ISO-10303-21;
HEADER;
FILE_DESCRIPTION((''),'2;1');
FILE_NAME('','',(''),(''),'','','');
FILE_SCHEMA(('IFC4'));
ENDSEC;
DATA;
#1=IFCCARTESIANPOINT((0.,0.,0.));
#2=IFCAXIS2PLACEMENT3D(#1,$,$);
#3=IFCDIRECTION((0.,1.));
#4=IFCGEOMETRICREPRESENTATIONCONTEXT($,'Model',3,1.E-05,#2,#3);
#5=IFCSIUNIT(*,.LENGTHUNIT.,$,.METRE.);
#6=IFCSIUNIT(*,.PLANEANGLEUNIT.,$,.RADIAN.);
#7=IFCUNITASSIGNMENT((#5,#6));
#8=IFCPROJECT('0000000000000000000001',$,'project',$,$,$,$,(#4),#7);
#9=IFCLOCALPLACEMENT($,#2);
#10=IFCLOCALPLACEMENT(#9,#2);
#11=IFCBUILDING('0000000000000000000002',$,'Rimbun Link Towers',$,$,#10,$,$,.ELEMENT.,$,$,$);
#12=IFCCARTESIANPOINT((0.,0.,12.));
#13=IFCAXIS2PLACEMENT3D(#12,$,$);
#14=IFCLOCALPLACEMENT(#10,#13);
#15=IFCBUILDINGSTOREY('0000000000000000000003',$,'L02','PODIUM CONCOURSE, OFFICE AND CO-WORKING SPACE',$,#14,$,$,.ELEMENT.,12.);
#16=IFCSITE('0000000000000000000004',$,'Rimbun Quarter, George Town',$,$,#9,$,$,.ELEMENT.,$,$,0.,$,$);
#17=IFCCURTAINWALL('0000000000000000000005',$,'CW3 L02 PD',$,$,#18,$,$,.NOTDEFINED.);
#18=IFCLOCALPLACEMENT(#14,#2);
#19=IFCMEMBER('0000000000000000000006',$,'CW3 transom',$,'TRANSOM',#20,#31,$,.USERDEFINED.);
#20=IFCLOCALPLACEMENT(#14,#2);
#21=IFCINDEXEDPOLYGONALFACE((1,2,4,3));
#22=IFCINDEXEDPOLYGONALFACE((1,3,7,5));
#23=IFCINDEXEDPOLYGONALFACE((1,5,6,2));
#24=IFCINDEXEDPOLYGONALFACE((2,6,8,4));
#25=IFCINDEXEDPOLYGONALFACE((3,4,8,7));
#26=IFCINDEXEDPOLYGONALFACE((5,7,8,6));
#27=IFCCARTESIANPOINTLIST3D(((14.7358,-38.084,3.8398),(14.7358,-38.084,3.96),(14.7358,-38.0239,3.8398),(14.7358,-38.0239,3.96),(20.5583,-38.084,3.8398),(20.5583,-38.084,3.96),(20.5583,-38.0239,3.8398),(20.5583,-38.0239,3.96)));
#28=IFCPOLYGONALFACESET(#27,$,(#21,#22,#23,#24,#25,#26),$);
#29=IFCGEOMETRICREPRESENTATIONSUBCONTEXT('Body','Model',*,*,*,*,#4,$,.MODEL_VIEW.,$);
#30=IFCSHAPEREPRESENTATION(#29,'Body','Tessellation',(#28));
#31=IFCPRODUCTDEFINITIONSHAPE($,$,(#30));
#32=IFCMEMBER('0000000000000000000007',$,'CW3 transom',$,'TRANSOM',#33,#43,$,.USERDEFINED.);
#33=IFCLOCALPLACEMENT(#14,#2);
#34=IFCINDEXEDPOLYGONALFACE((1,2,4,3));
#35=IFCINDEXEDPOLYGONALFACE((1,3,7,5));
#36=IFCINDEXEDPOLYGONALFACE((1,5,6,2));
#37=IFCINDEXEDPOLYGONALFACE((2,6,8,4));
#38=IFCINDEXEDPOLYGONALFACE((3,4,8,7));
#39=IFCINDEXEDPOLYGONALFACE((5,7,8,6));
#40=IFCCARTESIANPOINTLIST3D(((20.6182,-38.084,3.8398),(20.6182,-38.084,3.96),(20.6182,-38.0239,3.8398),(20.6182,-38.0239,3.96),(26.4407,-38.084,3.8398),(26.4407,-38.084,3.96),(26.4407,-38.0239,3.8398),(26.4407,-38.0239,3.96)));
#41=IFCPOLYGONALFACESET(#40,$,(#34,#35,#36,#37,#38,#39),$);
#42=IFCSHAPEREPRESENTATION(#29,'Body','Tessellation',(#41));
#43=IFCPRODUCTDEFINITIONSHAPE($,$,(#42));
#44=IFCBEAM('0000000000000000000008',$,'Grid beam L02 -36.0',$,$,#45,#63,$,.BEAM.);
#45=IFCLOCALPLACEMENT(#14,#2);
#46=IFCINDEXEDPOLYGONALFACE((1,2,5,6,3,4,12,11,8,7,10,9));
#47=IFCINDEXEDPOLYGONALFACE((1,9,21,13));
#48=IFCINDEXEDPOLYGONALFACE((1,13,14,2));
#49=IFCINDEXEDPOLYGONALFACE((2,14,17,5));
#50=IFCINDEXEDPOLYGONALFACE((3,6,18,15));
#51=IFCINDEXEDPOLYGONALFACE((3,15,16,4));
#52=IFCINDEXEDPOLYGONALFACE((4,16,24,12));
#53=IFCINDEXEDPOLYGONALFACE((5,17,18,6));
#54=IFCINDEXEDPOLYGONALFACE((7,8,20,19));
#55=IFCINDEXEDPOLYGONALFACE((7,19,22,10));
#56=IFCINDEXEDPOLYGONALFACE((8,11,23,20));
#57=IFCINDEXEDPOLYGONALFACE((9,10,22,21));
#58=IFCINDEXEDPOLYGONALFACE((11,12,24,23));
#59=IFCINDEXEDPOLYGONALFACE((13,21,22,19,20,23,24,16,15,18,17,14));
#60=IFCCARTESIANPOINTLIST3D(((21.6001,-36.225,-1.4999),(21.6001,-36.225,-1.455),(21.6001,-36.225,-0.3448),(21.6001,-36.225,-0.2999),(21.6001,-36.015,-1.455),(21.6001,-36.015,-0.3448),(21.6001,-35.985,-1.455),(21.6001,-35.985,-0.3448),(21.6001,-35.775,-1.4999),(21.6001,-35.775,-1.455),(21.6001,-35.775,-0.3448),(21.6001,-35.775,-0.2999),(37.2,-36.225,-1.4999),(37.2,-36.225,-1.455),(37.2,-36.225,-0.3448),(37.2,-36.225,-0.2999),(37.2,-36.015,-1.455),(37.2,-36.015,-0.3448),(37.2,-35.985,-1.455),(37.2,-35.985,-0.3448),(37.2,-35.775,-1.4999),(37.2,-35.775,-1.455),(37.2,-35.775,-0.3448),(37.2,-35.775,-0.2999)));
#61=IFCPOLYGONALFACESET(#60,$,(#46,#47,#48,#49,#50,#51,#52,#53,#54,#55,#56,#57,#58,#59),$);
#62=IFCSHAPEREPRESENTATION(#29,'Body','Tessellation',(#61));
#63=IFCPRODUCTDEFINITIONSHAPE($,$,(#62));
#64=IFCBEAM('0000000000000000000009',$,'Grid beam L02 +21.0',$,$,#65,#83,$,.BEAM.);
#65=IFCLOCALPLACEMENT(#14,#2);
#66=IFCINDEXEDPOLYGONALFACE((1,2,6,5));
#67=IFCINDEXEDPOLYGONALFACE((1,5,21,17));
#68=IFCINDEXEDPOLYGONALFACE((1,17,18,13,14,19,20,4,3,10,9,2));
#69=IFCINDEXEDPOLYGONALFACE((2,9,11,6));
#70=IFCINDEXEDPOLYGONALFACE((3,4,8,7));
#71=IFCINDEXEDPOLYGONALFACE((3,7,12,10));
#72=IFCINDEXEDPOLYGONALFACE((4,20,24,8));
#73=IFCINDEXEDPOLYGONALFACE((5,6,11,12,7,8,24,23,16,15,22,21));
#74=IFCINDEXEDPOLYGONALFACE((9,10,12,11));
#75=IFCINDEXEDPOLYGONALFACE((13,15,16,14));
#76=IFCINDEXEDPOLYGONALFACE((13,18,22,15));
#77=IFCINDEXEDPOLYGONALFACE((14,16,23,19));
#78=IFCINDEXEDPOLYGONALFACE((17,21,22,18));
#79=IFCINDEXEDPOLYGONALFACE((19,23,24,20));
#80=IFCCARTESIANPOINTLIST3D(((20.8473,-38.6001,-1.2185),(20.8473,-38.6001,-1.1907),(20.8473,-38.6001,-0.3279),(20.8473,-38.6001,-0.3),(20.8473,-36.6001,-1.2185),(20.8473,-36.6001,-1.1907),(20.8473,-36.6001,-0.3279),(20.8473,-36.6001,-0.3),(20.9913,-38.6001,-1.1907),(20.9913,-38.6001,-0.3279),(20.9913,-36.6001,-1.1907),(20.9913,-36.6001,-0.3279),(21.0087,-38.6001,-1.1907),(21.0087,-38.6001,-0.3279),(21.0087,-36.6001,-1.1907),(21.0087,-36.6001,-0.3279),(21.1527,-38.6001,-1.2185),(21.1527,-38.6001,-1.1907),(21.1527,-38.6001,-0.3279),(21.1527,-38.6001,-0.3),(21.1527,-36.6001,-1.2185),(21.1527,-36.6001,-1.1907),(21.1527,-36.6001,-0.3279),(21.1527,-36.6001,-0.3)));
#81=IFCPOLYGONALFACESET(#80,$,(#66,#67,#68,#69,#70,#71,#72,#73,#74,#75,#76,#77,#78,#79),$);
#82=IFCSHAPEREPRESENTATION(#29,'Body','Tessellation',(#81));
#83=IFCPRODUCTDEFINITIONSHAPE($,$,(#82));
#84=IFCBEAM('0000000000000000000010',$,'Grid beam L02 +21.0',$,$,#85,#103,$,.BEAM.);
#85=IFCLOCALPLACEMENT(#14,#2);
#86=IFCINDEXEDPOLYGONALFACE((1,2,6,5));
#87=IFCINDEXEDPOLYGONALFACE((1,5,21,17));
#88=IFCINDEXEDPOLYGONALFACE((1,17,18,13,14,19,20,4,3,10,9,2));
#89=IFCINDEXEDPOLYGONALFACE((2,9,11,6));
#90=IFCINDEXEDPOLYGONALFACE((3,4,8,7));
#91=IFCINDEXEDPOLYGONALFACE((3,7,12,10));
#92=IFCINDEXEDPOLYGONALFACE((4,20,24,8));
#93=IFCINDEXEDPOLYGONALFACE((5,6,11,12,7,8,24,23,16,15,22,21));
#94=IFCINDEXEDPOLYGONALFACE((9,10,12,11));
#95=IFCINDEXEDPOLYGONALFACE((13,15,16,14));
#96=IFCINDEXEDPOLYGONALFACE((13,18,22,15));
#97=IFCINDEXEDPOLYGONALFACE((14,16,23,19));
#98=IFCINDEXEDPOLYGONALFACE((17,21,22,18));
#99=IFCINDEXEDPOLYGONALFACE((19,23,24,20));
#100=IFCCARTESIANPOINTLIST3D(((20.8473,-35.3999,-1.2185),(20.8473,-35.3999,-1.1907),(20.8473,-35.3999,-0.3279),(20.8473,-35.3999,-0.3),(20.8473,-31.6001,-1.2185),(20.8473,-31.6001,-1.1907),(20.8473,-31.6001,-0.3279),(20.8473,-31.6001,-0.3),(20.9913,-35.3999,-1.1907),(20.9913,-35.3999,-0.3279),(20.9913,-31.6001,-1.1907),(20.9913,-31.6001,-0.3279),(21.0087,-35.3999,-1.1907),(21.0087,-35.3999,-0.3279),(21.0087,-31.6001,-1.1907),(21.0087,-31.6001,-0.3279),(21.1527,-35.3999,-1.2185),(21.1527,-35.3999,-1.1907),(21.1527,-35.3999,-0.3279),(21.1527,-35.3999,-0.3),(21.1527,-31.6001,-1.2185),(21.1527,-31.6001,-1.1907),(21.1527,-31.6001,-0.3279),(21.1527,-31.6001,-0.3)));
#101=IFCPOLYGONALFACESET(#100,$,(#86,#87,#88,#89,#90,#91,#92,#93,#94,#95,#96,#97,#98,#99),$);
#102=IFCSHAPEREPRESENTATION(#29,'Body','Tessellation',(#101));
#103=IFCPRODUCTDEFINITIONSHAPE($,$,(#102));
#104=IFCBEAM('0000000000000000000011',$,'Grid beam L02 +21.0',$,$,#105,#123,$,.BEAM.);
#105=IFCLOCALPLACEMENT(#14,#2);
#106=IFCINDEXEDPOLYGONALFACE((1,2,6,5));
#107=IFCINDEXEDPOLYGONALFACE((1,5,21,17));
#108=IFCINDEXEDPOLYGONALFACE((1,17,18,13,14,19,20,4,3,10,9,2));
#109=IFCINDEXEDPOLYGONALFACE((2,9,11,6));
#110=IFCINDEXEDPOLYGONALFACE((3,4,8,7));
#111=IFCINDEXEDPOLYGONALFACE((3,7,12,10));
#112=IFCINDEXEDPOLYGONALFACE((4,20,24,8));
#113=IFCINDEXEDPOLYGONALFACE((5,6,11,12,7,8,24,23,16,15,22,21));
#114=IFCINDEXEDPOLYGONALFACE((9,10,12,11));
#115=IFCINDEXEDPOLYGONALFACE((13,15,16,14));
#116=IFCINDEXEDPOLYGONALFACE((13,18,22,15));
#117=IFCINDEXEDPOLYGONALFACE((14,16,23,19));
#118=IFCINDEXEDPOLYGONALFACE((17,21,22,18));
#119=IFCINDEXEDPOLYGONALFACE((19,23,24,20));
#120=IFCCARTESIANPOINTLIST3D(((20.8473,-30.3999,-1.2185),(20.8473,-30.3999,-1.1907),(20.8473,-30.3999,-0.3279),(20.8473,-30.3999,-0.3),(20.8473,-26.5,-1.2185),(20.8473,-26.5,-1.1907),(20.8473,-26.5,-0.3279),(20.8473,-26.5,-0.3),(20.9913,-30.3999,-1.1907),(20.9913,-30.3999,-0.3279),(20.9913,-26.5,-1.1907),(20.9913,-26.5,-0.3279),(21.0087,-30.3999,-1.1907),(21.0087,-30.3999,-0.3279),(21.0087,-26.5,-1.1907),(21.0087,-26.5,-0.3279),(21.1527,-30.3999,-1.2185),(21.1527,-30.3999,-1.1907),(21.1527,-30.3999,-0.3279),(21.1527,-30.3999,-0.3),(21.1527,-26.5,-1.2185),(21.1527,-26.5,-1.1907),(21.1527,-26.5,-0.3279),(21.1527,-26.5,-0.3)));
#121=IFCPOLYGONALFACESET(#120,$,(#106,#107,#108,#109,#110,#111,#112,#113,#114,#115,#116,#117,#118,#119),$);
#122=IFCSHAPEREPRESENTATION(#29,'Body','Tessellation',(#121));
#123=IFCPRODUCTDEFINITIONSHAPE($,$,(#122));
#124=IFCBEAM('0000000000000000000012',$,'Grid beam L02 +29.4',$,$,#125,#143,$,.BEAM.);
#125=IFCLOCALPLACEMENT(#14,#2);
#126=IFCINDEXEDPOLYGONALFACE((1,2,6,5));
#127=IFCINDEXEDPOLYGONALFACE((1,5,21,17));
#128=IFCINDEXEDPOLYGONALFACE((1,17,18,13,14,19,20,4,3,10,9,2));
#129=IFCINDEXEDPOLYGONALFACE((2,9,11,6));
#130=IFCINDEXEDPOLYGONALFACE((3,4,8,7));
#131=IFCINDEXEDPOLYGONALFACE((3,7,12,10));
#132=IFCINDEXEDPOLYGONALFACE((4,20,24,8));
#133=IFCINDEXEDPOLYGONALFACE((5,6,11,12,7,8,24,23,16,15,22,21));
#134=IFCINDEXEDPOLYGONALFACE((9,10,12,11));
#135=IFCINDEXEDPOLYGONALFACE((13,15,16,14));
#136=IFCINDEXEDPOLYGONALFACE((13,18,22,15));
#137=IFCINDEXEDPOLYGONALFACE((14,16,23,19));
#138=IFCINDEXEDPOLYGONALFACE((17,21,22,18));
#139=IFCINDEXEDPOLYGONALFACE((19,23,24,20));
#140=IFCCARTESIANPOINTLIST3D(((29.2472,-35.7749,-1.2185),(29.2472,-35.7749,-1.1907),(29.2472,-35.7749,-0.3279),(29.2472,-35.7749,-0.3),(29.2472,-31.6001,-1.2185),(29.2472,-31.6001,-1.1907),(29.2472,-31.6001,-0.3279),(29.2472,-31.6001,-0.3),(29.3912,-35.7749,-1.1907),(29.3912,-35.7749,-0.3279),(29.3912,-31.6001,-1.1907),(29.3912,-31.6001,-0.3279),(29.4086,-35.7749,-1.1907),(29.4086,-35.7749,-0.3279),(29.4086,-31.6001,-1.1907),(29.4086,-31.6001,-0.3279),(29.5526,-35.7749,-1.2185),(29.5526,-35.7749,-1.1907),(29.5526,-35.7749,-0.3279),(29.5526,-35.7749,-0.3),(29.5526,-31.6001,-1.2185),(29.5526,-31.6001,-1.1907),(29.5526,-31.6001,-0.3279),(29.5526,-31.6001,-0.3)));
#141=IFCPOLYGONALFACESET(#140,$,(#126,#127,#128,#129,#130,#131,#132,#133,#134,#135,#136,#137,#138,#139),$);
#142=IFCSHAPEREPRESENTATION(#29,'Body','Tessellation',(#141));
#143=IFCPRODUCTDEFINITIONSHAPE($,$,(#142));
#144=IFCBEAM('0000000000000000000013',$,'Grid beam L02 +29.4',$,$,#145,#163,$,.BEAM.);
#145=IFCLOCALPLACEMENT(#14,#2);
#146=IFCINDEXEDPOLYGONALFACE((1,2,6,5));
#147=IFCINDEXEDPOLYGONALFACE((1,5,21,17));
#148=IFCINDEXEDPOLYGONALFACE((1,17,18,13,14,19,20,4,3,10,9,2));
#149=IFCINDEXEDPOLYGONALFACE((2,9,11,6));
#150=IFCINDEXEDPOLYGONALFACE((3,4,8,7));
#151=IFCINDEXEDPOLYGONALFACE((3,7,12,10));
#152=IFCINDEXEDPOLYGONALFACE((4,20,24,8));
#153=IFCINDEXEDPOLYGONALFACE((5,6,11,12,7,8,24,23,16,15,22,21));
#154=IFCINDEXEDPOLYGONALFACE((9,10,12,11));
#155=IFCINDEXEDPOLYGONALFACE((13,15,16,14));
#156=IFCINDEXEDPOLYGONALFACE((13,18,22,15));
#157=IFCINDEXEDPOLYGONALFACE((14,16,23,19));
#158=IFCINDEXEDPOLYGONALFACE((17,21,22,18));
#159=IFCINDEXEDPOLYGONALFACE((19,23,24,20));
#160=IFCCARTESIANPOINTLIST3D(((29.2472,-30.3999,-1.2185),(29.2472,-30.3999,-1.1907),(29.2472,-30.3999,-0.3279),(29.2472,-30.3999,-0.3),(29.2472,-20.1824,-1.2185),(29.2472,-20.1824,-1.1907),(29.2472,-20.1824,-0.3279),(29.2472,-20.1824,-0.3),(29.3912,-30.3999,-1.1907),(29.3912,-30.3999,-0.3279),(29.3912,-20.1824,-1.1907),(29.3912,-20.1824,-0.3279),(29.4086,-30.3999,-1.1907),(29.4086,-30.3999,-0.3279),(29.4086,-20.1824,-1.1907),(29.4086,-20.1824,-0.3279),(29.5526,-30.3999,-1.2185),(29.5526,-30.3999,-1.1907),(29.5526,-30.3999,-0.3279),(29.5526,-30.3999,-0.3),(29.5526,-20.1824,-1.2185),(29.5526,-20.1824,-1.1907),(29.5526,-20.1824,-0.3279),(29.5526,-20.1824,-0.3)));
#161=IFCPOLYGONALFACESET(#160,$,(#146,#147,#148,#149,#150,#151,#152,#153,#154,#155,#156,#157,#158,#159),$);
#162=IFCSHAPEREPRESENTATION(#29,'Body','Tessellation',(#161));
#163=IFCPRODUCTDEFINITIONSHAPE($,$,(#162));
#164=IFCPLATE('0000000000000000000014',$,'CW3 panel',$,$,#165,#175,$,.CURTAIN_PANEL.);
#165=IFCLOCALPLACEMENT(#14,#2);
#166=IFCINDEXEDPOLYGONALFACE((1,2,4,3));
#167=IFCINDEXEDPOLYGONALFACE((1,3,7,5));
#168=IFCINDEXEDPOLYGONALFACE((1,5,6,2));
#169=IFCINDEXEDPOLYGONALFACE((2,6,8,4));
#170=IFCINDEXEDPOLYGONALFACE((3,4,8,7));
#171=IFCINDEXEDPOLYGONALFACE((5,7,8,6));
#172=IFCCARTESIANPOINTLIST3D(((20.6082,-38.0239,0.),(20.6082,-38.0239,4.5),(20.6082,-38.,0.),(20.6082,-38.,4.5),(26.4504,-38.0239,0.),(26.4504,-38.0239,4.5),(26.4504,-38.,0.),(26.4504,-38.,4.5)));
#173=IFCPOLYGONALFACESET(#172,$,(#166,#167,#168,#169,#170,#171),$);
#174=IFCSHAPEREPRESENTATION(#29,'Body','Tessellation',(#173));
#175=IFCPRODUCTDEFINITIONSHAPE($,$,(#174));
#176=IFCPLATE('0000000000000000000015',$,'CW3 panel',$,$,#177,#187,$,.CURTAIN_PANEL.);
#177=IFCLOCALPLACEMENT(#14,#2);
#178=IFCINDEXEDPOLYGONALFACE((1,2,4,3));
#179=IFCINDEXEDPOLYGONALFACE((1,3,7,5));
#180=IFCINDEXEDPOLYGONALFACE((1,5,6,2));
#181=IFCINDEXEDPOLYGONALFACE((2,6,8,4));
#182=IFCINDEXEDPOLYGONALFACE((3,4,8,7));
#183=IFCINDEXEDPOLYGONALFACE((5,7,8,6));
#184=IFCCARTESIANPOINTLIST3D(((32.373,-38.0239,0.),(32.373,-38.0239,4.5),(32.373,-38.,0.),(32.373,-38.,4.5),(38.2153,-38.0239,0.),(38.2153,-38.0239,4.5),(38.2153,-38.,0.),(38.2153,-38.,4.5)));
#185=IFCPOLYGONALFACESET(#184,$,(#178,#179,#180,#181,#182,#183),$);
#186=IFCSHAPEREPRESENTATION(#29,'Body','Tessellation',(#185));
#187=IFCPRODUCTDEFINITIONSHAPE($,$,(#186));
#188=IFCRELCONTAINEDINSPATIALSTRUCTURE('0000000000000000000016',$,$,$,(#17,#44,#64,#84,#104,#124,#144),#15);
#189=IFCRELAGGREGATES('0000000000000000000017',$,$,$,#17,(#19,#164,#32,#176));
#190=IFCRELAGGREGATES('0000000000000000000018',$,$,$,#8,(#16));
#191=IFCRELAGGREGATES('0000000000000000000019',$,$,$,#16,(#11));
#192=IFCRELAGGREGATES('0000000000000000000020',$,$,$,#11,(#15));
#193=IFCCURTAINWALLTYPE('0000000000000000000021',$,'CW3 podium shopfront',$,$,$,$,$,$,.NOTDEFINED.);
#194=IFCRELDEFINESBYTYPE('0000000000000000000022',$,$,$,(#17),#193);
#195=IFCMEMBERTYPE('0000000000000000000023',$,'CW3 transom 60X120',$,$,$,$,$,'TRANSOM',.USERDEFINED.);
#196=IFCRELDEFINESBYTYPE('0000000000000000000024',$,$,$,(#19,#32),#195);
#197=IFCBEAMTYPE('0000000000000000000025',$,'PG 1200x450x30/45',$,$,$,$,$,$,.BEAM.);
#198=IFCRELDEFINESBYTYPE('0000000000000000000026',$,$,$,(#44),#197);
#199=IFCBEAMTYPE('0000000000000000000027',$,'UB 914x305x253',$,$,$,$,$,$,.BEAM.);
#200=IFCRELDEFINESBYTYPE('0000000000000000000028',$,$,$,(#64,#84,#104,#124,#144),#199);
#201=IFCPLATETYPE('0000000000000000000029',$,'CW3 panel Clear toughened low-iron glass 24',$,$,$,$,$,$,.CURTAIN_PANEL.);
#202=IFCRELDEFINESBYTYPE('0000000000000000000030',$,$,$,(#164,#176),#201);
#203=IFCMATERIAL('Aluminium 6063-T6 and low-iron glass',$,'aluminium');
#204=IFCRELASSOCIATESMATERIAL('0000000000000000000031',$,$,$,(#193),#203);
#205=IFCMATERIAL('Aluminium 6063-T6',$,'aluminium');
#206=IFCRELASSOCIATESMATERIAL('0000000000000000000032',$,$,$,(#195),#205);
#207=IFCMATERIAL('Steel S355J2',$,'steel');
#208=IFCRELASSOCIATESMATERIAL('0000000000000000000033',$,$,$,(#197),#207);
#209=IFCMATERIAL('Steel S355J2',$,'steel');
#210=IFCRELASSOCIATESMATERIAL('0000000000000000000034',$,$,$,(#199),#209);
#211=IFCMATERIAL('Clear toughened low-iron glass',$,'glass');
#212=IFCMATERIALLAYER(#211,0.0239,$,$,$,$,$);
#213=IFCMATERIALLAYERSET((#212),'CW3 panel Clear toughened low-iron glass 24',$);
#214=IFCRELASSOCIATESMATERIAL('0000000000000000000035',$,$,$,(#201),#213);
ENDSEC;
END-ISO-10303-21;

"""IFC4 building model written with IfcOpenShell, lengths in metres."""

from ifc_helpers import new_model, si_unit, direction, frame, origin, origin_2d, place, context, subcontext, project, spatial, rectangle, i_section, extrude, material, layer, layer_set, material_profile, profile_set, type_object, element, aggregate, save


model = new_model("IFC4")

# Units and contexts
model_context = context("Model", 3, precision=1e-05, world=origin(), true_north=direction((0.0, 1.0)))
body_context = subcontext(model_context, "Body", "Model", "MODEL_VIEW")
ifc_project = project(units=[si_unit("LENGTHUNIT", "METRE"), si_unit("PLANEANGLEUNIT", "RADIAN")], contexts=[model_context])

# Site, building, storey
site_placement = place(None, origin())
site = spatial("IfcSite", under=ifc_project, at=site_placement, Name="Rimbun Quarter, George Town", CompositionType="ELEMENT", RefElevation=0.0)
building_placement = place(site_placement, origin())
building = spatial("IfcBuilding", under=site, at=building_placement, Name="Rimbun Link Towers", CompositionType="ELEMENT")
storey_placement = place(building_placement, frame((0.0, 0.0, 12.0)))
storey = spatial("IfcBuildingStorey", under=building, at=storey_placement, Name="L02", Description="PODIUM CONCOURSE, OFFICE AND CO-WORKING SPACE", CompositionType="ELEMENT", Elevation=12.0)

# Curtain wall, members
ifc_material_1 = material(Name="Aluminium 6063-T6 and low-iron glass", Category="aluminium")
curtain_wall_type = type_object("IfcCurtainWallType", Name="CW3 podium shopfront", PredefinedType="NOTDEFINED", material=ifc_material_1)
curtain_wall_placement = place(storey_placement, origin())
curtain_wall = element("IfcCurtainWall", 1, at=curtain_wall_placement, inside=storey, type_object=curtain_wall_type, Name="CW3 L02 PD", PredefinedType="NOTDEFINED")
ifc_material_2 = material(Name="Aluminium 6063-T6", Category="aluminium")
ifc_material_profile_1 = material_profile(ifc_material_2, rectangle(XDim=0.0601, YDim=0.1201, at=origin_2d()), Name="TRANSOM 60X120")
ifc_profile_set_1 = profile_set([ifc_material_profile_1], Name="Aluminium 6063-T6")
member_type_1 = type_object("IfcMemberType", Name="CW3 transom 60X120", ElementType="TRANSOM", PredefinedType="USERDEFINED", material=ifc_profile_set_1)
member_1_placement = place(storey_placement, frame((20.5583, -38.054, 3.8999), z_axis=(-1.0, 0.0, 0.0), x_axis=(0.0, -1.0, 0.0)))
member_1 = element("IfcMember", 2, at=member_1_placement, type_object=member_type_1, Name="CW3 transom", ObjectType="TRANSOM", PredefinedType="USERDEFINED", context=body_context, shape_type="SweptSolid", body=[
    extrude(rectangle(XDim=0.0601, YDim=0.1201, at=origin_2d()), origin(), (0.0, 0.0, 1.0), 5.8225),
])
member_2_placement = place(storey_placement, frame((26.4407, -38.054, 3.8999), z_axis=(-1.0, 0.0, 0.0), x_axis=(0.0, -1.0, 0.0)))
member_2 = element("IfcMember", 3, at=member_2_placement, type_object=member_type_1, Name="CW3 transom", ObjectType="TRANSOM", PredefinedType="USERDEFINED", context=body_context, shape_type="SweptSolid", body=[
    extrude(rectangle(XDim=0.0601, YDim=0.1201, at=origin_2d()), origin(), (0.0, 0.0, 1.0), 5.8225),
])

# Beams
ifc_material_3 = material(Name="Steel S355J2", Category="steel")
ifc_material_profile_2 = material_profile(ifc_material_3, i_section(OverallWidth=0.45, OverallDepth=1.2, WebThickness=0.03, FlangeThickness=0.0449, at=origin_2d()), Name="PG 1200x450x30/45")
ifc_profile_set_2 = profile_set([ifc_material_profile_2], Name="Steel S355J2")
beam_type_1 = type_object("IfcBeamType", Name="PG 1200x450x30/45", PredefinedType="BEAM", material=ifc_profile_set_2)
beam_1_placement = place(storey_placement, frame((21.6001, -36.0, -0.8999), z_axis=(1.0, 0.0, 0.0), x_axis=(0.0, 1.0, 0.0)))
element("IfcBeam", 4, at=beam_1_placement, inside=storey, type_object=beam_type_1, Name="Grid beam L02 -36.0", PredefinedType="BEAM", context=body_context, shape_type="SweptSolid", body=[
    extrude(i_section(OverallWidth=0.45, OverallDepth=1.2, WebThickness=0.03, FlangeThickness=0.0449, at=origin_2d()), origin(), (0.0, 0.0, 1.0), 15.5999),
])
ifc_material_4 = material(Name="Steel S355J2", Category="steel")
ifc_material_profile_3 = material_profile(ifc_material_4, i_section(OverallWidth=0.3054, OverallDepth=0.9185, WebThickness=0.0173, FlangeThickness=0.0278, at=origin_2d()), Name="UB 914x305x253")
ifc_profile_set_3 = profile_set([ifc_material_profile_3], Name="Steel S355J2")
beam_type_2 = type_object("IfcBeamType", Name="UB 914x305x253", PredefinedType="BEAM", material=ifc_profile_set_3)
beam_2_placement = place(storey_placement, frame((21.0, -38.6001, -0.7593), z_axis=(0.0, 1.0, 0.0), x_axis=(-1.0, 0.0, 0.0)))
element("IfcBeam", 5, at=beam_2_placement, inside=storey, type_object=beam_type_2, Name="Grid beam L02 +21.0", PredefinedType="BEAM", context=body_context, shape_type="SweptSolid", body=[
    extrude(i_section(OverallWidth=0.3054, OverallDepth=0.9185, WebThickness=0.0173, FlangeThickness=0.0278, at=origin_2d()), origin(), (0.0, 0.0, 1.0), 2.0),
])
beam_3_placement = place(storey_placement, frame((21.0, -35.3999, -0.7593), z_axis=(0.0, 1.0, 0.0), x_axis=(-1.0, 0.0, 0.0)))
element("IfcBeam", 6, at=beam_3_placement, inside=storey, type_object=beam_type_2, Name="Grid beam L02 +21.0", PredefinedType="BEAM", context=body_context, shape_type="SweptSolid", body=[
    extrude(i_section(OverallWidth=0.3054, OverallDepth=0.9185, WebThickness=0.0173, FlangeThickness=0.0278, at=origin_2d()), origin(), (0.0, 0.0, 1.0), 3.7998),
])
beam_4_placement = place(storey_placement, frame((21.0, -30.3999, -0.7593), z_axis=(0.0, 1.0, 0.0), x_axis=(-1.0, 0.0, 0.0)))
element("IfcBeam", 7, at=beam_4_placement, inside=storey, type_object=beam_type_2, Name="Grid beam L02 +21.0", PredefinedType="BEAM", context=body_context, shape_type="SweptSolid", body=[
    extrude(i_section(OverallWidth=0.3054, OverallDepth=0.9185, WebThickness=0.0173, FlangeThickness=0.0278, at=origin_2d()), origin(), (0.0, 0.0, 1.0), 3.8999),
])
beam_5_placement = place(storey_placement, frame((29.3999, -35.7749, -0.7593), z_axis=(0.0, 1.0, 0.0), x_axis=(-1.0, 0.0, 0.0)))
element("IfcBeam", 8, at=beam_5_placement, inside=storey, type_object=beam_type_2, Name="Grid beam L02 +29.4", PredefinedType="BEAM", context=body_context, shape_type="SweptSolid", body=[
    extrude(i_section(OverallWidth=0.3054, OverallDepth=0.9185, WebThickness=0.0173, FlangeThickness=0.0278, at=origin_2d()), origin(), (0.0, 0.0, 1.0), 4.1748),
])
beam_6_placement = place(storey_placement, frame((29.3999, -30.3999, -0.7593), z_axis=(0.0, 1.0, 0.0), x_axis=(-1.0, 0.0, 0.0)))
element("IfcBeam", 9, at=beam_6_placement, inside=storey, type_object=beam_type_2, Name="Grid beam L02 +29.4", PredefinedType="BEAM", context=body_context, shape_type="SweptSolid", body=[
    extrude(i_section(OverallWidth=0.3054, OverallDepth=0.9185, WebThickness=0.0173, FlangeThickness=0.0278, at=origin_2d()), origin(), (0.0, 0.0, 1.0), 10.2175),
])

# Plates
ifc_material_5 = material(Name="Clear toughened low-iron glass", Category="glass")
ifc_layer_1 = layer(ifc_material_5, 0.0239)
ifc_layer_set_1 = layer_set([ifc_layer_1], Name="CW3 panel Clear toughened low-iron glass 24")
plate_type = type_object("IfcPlateType", Name="CW3 panel Clear toughened low-iron glass 24", PredefinedType="CURTAIN_PANEL", material=ifc_layer_set_1)
plate_1_placement = place(storey_placement, frame((23.5293, -38.012, 0.0), z_axis=(0.0, 0.0, 1.0), x_axis=(-1.0, 0.0, 0.0)))
plate_1 = element("IfcPlate", 10, at=plate_1_placement, type_object=plate_type, Name="CW3 panel", PredefinedType="CURTAIN_PANEL", context=body_context, shape_type="SweptSolid", body=[
    extrude(rectangle(XDim=5.8423, YDim=0.0239, at=origin_2d()), origin(), (0.0, 0.0, 1.0), 4.5),
])
plate_2_placement = place(storey_placement, frame((35.2942, -38.012, 0.0), z_axis=(0.0, 0.0, 1.0), x_axis=(-1.0, 0.0, 0.0)))
plate_2 = element("IfcPlate", 11, at=plate_2_placement, type_object=plate_type, Name="CW3 panel", PredefinedType="CURTAIN_PANEL", context=body_context, shape_type="SweptSolid", body=[
    extrude(rectangle(XDim=5.8423, YDim=0.0239, at=origin_2d()), origin(), (0.0, 0.0, 1.0), 4.5),
])
aggregate(curtain_wall, [member_1, plate_1, member_2, plate_2])

save(model, "model.ifc")
